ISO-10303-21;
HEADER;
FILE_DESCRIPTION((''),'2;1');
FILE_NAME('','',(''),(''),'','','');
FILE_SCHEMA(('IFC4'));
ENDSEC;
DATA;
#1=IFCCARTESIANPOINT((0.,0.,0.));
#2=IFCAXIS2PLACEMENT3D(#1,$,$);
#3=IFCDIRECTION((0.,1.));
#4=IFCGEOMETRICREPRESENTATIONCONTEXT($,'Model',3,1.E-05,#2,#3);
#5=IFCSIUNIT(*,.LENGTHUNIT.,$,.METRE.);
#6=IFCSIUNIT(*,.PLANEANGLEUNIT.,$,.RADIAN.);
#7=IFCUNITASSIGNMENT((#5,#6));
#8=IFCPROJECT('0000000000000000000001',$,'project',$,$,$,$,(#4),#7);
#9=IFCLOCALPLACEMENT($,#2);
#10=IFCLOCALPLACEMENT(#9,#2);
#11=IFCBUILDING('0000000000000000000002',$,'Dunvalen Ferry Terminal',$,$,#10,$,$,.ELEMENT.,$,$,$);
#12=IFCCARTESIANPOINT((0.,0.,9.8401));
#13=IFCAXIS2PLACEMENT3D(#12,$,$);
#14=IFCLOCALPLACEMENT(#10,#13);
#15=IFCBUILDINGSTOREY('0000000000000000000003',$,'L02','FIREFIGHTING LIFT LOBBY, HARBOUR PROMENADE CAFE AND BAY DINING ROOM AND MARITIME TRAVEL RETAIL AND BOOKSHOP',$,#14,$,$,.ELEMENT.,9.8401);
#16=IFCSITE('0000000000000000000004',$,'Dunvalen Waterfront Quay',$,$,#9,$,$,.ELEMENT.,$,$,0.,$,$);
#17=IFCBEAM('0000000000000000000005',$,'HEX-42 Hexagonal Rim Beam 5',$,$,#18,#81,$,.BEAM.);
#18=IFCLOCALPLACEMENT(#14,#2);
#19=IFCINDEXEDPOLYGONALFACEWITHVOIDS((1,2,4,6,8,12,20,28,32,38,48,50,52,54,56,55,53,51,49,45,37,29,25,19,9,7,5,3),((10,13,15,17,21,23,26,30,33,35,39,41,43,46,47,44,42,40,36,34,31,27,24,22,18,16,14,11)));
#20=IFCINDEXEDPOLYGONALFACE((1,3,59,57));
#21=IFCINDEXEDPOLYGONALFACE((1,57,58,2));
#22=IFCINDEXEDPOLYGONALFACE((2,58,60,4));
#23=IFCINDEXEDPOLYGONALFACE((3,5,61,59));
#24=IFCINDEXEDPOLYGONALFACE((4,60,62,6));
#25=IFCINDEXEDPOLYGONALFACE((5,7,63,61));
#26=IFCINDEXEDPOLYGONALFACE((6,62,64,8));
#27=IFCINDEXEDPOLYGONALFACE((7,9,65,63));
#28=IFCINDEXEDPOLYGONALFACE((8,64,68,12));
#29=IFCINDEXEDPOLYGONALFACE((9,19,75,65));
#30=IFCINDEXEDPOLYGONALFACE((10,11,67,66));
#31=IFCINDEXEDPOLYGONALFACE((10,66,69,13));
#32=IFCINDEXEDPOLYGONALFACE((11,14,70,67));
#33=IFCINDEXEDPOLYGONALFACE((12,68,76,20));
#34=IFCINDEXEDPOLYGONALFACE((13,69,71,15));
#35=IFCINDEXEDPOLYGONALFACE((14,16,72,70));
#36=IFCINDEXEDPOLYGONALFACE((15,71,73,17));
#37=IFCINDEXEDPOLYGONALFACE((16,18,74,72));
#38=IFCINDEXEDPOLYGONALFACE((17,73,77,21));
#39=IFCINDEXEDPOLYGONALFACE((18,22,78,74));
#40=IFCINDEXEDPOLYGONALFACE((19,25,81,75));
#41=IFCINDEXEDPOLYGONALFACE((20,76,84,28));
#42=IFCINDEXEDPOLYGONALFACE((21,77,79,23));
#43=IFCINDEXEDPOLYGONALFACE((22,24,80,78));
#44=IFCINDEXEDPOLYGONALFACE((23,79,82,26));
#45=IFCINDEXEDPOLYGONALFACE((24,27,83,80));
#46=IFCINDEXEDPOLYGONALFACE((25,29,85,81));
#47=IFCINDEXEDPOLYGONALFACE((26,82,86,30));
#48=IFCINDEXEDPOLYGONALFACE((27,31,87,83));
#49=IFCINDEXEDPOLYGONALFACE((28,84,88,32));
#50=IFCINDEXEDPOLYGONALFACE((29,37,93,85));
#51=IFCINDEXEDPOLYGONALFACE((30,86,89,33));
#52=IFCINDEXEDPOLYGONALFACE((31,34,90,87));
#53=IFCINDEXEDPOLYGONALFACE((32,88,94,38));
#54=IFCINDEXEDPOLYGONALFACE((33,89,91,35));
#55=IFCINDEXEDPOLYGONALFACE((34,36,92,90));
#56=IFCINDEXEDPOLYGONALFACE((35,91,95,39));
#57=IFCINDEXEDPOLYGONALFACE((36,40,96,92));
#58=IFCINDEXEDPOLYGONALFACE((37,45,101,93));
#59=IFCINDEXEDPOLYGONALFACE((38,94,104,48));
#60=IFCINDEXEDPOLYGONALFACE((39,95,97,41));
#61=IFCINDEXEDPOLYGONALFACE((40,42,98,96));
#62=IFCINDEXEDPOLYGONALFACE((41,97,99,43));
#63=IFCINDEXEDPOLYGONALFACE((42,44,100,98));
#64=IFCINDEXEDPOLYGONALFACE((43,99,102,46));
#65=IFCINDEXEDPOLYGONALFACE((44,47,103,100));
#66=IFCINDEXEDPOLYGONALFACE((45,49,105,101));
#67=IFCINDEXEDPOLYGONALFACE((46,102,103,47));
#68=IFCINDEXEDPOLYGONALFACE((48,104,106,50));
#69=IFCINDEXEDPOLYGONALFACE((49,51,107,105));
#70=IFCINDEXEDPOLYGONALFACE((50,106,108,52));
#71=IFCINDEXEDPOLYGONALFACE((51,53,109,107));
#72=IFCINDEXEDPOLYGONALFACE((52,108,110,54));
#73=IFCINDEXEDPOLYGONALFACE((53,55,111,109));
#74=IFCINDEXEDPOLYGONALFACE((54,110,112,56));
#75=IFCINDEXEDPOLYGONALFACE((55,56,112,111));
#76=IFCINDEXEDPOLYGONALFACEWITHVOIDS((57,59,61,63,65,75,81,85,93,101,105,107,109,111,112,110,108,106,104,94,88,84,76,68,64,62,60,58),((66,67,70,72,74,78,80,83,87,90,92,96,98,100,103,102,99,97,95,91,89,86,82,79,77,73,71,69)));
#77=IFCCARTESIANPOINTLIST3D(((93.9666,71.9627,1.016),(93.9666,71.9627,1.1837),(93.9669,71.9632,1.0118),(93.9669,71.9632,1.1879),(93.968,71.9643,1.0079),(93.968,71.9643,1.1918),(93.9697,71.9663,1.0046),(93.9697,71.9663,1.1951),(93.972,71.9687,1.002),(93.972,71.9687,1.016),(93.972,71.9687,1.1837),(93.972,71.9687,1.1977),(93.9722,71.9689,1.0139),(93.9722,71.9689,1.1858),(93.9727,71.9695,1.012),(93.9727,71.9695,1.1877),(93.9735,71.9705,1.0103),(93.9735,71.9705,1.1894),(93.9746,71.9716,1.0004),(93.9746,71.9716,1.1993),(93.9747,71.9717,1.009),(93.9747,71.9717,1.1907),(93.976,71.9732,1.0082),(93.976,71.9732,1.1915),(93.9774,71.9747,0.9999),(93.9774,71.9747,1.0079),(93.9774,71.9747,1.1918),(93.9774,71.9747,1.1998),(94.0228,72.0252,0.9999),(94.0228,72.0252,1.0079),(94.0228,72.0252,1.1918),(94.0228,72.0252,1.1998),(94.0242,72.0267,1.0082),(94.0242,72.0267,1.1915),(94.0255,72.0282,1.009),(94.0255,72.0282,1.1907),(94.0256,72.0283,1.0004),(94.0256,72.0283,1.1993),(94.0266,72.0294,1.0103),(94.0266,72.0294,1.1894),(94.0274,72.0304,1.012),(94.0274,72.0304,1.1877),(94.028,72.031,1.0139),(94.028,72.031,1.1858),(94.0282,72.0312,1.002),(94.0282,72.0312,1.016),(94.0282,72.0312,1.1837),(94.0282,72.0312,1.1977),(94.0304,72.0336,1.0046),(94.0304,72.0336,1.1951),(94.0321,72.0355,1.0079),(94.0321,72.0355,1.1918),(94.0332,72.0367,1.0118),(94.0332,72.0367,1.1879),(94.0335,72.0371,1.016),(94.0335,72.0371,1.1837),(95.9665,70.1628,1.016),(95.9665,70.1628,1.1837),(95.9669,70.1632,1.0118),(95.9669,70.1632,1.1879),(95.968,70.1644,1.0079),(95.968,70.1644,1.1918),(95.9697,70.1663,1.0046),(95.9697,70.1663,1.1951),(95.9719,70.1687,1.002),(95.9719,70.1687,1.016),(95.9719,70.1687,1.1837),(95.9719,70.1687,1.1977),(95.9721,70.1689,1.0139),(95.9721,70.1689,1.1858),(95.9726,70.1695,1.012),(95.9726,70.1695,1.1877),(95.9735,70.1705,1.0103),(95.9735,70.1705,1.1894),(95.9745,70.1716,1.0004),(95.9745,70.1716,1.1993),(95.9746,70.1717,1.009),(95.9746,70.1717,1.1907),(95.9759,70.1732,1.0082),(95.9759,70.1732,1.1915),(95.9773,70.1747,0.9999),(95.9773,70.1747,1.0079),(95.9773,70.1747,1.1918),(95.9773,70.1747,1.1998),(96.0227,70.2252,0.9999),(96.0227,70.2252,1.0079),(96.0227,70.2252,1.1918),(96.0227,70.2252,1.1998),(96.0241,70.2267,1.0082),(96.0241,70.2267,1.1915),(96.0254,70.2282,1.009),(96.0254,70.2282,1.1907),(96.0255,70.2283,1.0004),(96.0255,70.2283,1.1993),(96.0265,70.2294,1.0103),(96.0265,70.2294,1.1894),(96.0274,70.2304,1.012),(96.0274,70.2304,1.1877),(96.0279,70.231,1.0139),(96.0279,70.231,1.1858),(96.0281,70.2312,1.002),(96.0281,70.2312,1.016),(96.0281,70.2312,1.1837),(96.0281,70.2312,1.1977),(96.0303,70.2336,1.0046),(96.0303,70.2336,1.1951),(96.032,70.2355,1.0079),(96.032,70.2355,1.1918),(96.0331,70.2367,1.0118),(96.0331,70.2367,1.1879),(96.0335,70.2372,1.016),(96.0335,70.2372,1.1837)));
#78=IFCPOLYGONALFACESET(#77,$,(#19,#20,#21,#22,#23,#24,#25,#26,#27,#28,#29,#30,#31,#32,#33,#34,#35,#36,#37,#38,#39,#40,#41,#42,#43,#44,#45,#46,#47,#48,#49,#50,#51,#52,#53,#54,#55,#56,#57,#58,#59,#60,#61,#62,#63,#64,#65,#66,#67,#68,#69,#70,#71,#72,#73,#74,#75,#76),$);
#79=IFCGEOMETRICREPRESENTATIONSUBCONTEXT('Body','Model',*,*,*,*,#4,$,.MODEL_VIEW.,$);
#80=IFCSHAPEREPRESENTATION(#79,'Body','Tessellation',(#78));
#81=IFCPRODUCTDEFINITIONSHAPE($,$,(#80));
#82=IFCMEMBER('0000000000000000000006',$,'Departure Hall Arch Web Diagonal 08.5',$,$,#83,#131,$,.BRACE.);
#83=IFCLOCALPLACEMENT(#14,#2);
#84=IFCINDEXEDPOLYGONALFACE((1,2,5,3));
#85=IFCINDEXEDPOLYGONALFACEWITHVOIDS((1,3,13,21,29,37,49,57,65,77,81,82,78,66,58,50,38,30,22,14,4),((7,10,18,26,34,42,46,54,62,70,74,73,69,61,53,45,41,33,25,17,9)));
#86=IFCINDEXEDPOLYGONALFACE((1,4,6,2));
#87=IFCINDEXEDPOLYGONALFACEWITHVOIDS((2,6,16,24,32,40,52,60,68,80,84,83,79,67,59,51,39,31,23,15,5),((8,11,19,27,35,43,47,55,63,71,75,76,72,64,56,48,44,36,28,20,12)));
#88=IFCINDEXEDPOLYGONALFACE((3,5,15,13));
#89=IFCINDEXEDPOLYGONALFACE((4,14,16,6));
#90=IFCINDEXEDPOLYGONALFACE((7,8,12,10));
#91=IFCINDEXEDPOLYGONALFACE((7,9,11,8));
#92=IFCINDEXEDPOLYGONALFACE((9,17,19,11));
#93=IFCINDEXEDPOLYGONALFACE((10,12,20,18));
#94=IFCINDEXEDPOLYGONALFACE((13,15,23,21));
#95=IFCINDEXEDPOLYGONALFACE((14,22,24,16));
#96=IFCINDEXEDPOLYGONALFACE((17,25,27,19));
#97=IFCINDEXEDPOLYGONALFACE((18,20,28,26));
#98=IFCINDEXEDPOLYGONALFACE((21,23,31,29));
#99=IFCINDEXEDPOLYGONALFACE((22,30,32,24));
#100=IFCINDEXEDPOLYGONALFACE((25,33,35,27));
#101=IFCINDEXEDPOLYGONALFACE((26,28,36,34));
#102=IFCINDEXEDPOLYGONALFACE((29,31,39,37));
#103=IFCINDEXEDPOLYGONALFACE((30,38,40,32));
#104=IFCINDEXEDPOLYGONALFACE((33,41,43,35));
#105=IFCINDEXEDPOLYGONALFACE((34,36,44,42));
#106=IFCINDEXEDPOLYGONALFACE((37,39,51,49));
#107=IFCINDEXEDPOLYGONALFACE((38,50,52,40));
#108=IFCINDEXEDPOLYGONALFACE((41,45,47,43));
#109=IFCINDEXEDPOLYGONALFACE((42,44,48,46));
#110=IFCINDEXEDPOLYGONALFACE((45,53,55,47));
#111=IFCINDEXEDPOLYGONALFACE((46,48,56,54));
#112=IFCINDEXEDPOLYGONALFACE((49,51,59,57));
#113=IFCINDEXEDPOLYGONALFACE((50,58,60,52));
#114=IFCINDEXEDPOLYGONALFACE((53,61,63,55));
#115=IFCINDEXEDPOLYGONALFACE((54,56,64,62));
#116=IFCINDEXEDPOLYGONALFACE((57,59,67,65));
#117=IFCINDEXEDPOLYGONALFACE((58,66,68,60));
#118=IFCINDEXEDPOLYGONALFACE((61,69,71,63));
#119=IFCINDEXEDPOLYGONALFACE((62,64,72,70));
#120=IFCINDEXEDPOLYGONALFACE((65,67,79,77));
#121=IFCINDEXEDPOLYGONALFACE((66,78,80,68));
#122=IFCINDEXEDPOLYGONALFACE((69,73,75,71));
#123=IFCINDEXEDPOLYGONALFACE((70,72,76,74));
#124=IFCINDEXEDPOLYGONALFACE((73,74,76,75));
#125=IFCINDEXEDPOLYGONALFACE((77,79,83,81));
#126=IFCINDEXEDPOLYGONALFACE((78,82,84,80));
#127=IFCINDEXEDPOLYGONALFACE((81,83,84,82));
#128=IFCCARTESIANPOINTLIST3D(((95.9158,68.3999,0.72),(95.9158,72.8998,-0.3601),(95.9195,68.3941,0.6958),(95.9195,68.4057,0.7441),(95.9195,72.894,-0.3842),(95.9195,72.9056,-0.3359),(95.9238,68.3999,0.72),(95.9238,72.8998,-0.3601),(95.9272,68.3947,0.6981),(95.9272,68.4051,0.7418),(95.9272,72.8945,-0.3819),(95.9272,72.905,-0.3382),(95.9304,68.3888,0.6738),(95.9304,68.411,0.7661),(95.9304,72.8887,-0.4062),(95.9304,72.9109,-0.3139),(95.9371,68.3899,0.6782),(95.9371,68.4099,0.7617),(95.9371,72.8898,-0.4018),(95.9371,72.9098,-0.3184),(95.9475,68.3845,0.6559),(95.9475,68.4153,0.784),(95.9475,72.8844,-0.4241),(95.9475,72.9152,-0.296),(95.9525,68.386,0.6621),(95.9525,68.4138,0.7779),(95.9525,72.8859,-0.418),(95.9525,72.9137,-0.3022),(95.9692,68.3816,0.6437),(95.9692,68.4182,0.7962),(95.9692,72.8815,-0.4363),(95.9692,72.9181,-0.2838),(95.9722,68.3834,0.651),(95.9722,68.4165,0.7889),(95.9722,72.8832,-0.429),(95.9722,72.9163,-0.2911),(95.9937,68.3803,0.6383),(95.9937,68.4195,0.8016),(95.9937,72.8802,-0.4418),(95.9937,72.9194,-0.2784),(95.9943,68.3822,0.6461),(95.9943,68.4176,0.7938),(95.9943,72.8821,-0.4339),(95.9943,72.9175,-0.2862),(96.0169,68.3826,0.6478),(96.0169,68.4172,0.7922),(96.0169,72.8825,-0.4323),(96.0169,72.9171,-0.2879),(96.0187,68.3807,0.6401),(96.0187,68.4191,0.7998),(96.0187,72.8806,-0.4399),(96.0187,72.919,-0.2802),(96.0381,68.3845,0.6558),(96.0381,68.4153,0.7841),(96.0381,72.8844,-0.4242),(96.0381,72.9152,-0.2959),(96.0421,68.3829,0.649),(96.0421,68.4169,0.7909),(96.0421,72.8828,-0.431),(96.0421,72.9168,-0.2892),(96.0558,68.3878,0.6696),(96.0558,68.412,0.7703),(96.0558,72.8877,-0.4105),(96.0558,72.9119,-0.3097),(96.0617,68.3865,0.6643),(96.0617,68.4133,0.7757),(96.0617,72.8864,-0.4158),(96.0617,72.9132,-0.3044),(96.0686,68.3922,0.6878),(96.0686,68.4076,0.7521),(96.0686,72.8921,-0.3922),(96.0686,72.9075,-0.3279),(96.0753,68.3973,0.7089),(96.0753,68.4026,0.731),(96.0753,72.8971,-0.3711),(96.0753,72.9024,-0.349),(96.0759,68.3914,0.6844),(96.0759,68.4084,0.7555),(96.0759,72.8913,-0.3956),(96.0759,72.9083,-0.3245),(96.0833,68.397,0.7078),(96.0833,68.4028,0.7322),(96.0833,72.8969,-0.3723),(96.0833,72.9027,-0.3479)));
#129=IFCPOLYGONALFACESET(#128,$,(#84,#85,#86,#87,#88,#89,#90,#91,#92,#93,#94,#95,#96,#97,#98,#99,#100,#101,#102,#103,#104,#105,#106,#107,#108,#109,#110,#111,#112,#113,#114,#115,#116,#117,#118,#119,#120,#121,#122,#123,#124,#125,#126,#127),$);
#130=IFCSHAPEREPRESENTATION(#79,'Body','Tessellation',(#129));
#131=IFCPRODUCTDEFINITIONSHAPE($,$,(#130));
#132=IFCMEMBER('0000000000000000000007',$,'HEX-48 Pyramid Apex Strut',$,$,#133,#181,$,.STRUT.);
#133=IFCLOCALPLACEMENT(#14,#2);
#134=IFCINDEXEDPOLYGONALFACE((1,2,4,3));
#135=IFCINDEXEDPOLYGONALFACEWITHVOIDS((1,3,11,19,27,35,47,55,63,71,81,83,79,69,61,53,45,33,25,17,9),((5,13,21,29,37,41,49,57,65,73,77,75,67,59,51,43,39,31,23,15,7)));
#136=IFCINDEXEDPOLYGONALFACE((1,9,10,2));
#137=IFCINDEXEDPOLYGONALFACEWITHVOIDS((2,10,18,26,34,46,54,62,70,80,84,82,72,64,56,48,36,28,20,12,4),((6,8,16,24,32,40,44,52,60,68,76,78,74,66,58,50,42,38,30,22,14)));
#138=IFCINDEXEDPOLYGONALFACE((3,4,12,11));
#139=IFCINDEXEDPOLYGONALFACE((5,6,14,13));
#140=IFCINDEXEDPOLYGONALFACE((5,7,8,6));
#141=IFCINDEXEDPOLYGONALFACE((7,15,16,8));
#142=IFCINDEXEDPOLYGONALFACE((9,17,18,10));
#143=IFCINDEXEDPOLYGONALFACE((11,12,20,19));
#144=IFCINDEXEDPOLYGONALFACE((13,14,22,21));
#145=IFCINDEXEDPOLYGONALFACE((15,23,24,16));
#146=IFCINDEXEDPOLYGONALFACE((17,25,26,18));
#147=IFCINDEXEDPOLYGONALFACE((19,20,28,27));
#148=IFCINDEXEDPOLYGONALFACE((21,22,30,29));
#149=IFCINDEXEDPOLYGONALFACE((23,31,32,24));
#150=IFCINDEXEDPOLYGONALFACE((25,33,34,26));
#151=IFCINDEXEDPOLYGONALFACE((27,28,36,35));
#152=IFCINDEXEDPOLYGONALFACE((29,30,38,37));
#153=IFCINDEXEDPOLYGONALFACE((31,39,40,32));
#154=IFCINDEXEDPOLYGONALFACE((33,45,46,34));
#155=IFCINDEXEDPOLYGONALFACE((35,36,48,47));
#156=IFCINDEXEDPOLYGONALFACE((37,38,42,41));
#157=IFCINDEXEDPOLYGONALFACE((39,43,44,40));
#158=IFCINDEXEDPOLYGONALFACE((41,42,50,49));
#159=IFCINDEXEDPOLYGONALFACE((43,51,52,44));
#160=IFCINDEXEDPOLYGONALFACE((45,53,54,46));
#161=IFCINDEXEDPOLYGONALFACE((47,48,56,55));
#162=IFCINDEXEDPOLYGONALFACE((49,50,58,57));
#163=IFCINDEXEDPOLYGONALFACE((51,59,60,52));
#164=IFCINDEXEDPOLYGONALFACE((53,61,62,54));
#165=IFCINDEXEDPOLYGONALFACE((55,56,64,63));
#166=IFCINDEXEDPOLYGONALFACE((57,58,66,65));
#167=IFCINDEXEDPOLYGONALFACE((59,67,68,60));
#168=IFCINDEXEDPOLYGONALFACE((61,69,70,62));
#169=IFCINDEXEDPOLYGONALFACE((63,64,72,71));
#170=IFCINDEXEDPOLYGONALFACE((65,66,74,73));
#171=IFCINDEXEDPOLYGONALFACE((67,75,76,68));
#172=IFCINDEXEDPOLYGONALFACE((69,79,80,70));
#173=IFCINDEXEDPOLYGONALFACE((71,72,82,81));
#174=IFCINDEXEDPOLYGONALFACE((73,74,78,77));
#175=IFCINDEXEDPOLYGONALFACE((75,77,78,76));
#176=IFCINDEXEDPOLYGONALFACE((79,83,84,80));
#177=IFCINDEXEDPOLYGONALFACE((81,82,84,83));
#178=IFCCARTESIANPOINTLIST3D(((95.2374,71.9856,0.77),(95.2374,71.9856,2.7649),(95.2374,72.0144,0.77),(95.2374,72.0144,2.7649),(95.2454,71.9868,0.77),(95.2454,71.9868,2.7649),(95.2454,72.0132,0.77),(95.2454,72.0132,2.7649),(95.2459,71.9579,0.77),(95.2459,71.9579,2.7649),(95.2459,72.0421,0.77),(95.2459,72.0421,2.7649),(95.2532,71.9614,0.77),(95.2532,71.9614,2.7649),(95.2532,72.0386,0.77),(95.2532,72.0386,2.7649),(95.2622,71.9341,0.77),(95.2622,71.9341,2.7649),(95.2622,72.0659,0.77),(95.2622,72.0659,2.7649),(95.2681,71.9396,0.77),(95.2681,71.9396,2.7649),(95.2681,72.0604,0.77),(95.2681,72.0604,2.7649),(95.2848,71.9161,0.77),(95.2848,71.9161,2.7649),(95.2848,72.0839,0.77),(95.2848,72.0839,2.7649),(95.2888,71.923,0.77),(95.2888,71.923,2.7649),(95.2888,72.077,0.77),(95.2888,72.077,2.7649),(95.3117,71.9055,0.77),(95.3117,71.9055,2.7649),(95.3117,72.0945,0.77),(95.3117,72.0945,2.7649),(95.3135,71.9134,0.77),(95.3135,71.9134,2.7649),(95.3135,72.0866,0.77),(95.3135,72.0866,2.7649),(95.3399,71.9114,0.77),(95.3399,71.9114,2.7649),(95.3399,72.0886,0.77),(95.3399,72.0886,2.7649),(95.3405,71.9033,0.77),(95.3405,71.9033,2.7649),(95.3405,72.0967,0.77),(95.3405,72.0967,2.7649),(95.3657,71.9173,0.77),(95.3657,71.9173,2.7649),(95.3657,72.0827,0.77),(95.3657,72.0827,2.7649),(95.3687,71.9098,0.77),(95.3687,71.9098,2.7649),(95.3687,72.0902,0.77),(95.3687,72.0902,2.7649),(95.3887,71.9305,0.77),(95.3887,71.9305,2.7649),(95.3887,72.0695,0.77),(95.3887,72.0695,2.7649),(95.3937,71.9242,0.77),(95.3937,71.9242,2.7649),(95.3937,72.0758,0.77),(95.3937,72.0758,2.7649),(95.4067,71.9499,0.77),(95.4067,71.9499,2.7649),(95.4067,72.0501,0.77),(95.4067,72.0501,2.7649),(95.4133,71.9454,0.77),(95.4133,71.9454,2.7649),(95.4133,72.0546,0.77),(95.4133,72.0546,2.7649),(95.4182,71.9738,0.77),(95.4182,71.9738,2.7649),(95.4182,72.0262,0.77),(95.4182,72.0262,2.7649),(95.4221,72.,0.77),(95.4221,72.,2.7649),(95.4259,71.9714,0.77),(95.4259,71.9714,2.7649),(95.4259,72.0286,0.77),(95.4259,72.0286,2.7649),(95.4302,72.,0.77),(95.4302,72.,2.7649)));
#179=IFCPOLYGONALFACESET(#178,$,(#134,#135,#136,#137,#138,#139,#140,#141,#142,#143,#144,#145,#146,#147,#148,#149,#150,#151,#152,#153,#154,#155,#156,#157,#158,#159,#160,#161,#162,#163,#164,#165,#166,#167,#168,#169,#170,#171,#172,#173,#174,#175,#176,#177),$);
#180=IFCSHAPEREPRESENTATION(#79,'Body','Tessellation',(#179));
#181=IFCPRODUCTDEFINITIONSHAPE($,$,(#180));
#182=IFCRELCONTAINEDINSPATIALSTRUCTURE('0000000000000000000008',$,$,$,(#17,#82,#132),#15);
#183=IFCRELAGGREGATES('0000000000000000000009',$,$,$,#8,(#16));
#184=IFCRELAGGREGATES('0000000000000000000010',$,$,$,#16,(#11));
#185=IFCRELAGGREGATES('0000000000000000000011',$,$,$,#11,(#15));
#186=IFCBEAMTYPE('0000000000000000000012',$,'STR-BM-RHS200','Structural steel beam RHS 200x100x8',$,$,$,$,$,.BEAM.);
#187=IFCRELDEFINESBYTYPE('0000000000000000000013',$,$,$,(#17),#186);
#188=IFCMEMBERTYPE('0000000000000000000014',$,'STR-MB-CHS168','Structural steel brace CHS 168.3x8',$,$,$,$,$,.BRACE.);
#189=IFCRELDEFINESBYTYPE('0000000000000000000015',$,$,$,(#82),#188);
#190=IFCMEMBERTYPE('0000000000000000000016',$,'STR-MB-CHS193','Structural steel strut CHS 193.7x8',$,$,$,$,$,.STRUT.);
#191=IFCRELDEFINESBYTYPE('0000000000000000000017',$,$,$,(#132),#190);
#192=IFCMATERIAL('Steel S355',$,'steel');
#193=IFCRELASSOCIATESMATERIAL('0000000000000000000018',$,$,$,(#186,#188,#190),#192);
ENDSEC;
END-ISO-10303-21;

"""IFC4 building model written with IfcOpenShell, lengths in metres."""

from ifc_helpers import new_model, si_unit, direction, frame, origin, origin_2d, place, context, subcontext, project, spatial, hollow_rectangle, hollow_circle, extrude, material, material_profile, profile_set, type_object, element, save


model = new_model("IFC4")

# Units and contexts
model_context = context("Model", 3, precision=1e-05, world=origin(), true_north=direction((0.0, 1.0)))
body_context = subcontext(model_context, "Body", "Model", "MODEL_VIEW")
ifc_project = project(units=[si_unit("LENGTHUNIT", "METRE"), si_unit("PLANEANGLEUNIT", "RADIAN")], contexts=[model_context])

# Site, building, storey
site_placement = place(None, origin())
site = spatial("IfcSite", under=ifc_project, at=site_placement, Name="Dunvalen Waterfront Quay", CompositionType="ELEMENT", RefElevation=0.0)
building_placement = place(site_placement, origin())
building = spatial("IfcBuilding", under=site, at=building_placement, Name="Dunvalen Ferry Terminal", CompositionType="ELEMENT")
storey_placement = place(building_placement, frame((0.0, 0.0, 9.8401)))
storey = spatial("IfcBuildingStorey", under=building, at=storey_placement, Name="L02", Description="FIREFIGHTING LIFT LOBBY, HARBOUR PROMENADE CAFE AND BAY DINING ROOM AND MARITIME TRAVEL RETAIL AND BOOKSHOP", CompositionType="ELEMENT", Elevation=9.8401)

# Beam
ifc_material_1 = material(Name="Steel S355", Category="steel")
ifc_material_profile_1 = material_profile(ifc_material_1, hollow_rectangle(XDim=0.1001, YDim=0.2, WallThickness=0.0081, InnerFilletRadius=0.0081, OuterFilletRadius=0.0161, at=origin_2d()), Name="Steel S355")
ifc_profile_set_1 = profile_set([ifc_material_profile_1], Name="Steel S355")
beam_type_1 = type_object("IfcBeamType", Name="STR-BM-RHS200", Description="Structural steel beam RHS 200x100x8", PredefinedType="BEAM", material=ifc_profile_set_1)
beam_1_placement = place(storey_placement, frame((96.0, 70.2, 1.0999), z_axis=(-0.743285, 0.668975, 0.0), x_axis=(-0.668975, -0.743285, 0.0)))
element("IfcBeam", 1, at=beam_1_placement, inside=storey, type_object=beam_type_1, Name="HEX-42 Hexagonal Rim Beam 5", PredefinedType="BEAM", context=body_context, shape_type="SweptSolid", body=[
    extrude(hollow_rectangle(XDim=0.1001, YDim=0.2, WallThickness=0.0081, InnerFilletRadius=0.0081, OuterFilletRadius=0.0161, at=origin_2d()), origin(), (0.0, 0.0, 1.0), 2.6907),
])

# Members
ifc_material_profile_2 = material_profile(ifc_material_1, hollow_circle(Radius=0.0842, WallThickness=0.0081, at=origin_2d()), Name="Steel S355")
ifc_profile_set_2 = profile_set([ifc_material_profile_2], Name="Steel S355")
member_type_1 = type_object("IfcMemberType", Name="STR-MB-CHS168", Description="Structural steel brace CHS 168.3x8", PredefinedType="BRACE", material=ifc_profile_set_2)
member_1_placement = place(storey_placement, frame((96.0, 68.3999, 0.72), z_axis=(0.0, 0.972383, -0.233389), x_axis=(-1.0, 0.0, 0.0)))
element("IfcMember", 2, at=member_1_placement, inside=storey, type_object=member_type_1, Name="Departure Hall Arch Web Diagonal 08.5", PredefinedType="BRACE", context=body_context, shape_type="SweptSolid", body=[
    extrude(hollow_circle(Radius=0.0842, WallThickness=0.0081, at=origin_2d()), origin(), (0.0, 0.0, 1.0), 4.6277),
])
ifc_material_profile_3 = material_profile(ifc_material_1, hollow_circle(Radius=0.0969, WallThickness=0.0081, at=origin_2d()), Name="Steel S355")
ifc_profile_set_3 = profile_set([ifc_material_profile_3], Name="Steel S355")
member_type_2 = type_object("IfcMemberType", Name="STR-MB-CHS193", Description="Structural steel strut CHS 193.7x8", PredefinedType="STRUT", material=ifc_profile_set_3)
member_2_placement = place(storey_placement, frame((95.3333, 72.0, 0.77), z_axis=(0.0, 0.0, 1.0), x_axis=(1.0, 0.0, 0.0)))
element("IfcMember", 3, at=member_2_placement, inside=storey, type_object=member_type_2, Name="HEX-48 Pyramid Apex Strut", PredefinedType="STRUT", context=body_context, shape_type="SweptSolid", body=[
    extrude(hollow_circle(Radius=0.0969, WallThickness=0.0081, at=origin_2d()), origin(), (0.0, 0.0, 1.0), 1.9949),
])

save(model, "model.ifc")
